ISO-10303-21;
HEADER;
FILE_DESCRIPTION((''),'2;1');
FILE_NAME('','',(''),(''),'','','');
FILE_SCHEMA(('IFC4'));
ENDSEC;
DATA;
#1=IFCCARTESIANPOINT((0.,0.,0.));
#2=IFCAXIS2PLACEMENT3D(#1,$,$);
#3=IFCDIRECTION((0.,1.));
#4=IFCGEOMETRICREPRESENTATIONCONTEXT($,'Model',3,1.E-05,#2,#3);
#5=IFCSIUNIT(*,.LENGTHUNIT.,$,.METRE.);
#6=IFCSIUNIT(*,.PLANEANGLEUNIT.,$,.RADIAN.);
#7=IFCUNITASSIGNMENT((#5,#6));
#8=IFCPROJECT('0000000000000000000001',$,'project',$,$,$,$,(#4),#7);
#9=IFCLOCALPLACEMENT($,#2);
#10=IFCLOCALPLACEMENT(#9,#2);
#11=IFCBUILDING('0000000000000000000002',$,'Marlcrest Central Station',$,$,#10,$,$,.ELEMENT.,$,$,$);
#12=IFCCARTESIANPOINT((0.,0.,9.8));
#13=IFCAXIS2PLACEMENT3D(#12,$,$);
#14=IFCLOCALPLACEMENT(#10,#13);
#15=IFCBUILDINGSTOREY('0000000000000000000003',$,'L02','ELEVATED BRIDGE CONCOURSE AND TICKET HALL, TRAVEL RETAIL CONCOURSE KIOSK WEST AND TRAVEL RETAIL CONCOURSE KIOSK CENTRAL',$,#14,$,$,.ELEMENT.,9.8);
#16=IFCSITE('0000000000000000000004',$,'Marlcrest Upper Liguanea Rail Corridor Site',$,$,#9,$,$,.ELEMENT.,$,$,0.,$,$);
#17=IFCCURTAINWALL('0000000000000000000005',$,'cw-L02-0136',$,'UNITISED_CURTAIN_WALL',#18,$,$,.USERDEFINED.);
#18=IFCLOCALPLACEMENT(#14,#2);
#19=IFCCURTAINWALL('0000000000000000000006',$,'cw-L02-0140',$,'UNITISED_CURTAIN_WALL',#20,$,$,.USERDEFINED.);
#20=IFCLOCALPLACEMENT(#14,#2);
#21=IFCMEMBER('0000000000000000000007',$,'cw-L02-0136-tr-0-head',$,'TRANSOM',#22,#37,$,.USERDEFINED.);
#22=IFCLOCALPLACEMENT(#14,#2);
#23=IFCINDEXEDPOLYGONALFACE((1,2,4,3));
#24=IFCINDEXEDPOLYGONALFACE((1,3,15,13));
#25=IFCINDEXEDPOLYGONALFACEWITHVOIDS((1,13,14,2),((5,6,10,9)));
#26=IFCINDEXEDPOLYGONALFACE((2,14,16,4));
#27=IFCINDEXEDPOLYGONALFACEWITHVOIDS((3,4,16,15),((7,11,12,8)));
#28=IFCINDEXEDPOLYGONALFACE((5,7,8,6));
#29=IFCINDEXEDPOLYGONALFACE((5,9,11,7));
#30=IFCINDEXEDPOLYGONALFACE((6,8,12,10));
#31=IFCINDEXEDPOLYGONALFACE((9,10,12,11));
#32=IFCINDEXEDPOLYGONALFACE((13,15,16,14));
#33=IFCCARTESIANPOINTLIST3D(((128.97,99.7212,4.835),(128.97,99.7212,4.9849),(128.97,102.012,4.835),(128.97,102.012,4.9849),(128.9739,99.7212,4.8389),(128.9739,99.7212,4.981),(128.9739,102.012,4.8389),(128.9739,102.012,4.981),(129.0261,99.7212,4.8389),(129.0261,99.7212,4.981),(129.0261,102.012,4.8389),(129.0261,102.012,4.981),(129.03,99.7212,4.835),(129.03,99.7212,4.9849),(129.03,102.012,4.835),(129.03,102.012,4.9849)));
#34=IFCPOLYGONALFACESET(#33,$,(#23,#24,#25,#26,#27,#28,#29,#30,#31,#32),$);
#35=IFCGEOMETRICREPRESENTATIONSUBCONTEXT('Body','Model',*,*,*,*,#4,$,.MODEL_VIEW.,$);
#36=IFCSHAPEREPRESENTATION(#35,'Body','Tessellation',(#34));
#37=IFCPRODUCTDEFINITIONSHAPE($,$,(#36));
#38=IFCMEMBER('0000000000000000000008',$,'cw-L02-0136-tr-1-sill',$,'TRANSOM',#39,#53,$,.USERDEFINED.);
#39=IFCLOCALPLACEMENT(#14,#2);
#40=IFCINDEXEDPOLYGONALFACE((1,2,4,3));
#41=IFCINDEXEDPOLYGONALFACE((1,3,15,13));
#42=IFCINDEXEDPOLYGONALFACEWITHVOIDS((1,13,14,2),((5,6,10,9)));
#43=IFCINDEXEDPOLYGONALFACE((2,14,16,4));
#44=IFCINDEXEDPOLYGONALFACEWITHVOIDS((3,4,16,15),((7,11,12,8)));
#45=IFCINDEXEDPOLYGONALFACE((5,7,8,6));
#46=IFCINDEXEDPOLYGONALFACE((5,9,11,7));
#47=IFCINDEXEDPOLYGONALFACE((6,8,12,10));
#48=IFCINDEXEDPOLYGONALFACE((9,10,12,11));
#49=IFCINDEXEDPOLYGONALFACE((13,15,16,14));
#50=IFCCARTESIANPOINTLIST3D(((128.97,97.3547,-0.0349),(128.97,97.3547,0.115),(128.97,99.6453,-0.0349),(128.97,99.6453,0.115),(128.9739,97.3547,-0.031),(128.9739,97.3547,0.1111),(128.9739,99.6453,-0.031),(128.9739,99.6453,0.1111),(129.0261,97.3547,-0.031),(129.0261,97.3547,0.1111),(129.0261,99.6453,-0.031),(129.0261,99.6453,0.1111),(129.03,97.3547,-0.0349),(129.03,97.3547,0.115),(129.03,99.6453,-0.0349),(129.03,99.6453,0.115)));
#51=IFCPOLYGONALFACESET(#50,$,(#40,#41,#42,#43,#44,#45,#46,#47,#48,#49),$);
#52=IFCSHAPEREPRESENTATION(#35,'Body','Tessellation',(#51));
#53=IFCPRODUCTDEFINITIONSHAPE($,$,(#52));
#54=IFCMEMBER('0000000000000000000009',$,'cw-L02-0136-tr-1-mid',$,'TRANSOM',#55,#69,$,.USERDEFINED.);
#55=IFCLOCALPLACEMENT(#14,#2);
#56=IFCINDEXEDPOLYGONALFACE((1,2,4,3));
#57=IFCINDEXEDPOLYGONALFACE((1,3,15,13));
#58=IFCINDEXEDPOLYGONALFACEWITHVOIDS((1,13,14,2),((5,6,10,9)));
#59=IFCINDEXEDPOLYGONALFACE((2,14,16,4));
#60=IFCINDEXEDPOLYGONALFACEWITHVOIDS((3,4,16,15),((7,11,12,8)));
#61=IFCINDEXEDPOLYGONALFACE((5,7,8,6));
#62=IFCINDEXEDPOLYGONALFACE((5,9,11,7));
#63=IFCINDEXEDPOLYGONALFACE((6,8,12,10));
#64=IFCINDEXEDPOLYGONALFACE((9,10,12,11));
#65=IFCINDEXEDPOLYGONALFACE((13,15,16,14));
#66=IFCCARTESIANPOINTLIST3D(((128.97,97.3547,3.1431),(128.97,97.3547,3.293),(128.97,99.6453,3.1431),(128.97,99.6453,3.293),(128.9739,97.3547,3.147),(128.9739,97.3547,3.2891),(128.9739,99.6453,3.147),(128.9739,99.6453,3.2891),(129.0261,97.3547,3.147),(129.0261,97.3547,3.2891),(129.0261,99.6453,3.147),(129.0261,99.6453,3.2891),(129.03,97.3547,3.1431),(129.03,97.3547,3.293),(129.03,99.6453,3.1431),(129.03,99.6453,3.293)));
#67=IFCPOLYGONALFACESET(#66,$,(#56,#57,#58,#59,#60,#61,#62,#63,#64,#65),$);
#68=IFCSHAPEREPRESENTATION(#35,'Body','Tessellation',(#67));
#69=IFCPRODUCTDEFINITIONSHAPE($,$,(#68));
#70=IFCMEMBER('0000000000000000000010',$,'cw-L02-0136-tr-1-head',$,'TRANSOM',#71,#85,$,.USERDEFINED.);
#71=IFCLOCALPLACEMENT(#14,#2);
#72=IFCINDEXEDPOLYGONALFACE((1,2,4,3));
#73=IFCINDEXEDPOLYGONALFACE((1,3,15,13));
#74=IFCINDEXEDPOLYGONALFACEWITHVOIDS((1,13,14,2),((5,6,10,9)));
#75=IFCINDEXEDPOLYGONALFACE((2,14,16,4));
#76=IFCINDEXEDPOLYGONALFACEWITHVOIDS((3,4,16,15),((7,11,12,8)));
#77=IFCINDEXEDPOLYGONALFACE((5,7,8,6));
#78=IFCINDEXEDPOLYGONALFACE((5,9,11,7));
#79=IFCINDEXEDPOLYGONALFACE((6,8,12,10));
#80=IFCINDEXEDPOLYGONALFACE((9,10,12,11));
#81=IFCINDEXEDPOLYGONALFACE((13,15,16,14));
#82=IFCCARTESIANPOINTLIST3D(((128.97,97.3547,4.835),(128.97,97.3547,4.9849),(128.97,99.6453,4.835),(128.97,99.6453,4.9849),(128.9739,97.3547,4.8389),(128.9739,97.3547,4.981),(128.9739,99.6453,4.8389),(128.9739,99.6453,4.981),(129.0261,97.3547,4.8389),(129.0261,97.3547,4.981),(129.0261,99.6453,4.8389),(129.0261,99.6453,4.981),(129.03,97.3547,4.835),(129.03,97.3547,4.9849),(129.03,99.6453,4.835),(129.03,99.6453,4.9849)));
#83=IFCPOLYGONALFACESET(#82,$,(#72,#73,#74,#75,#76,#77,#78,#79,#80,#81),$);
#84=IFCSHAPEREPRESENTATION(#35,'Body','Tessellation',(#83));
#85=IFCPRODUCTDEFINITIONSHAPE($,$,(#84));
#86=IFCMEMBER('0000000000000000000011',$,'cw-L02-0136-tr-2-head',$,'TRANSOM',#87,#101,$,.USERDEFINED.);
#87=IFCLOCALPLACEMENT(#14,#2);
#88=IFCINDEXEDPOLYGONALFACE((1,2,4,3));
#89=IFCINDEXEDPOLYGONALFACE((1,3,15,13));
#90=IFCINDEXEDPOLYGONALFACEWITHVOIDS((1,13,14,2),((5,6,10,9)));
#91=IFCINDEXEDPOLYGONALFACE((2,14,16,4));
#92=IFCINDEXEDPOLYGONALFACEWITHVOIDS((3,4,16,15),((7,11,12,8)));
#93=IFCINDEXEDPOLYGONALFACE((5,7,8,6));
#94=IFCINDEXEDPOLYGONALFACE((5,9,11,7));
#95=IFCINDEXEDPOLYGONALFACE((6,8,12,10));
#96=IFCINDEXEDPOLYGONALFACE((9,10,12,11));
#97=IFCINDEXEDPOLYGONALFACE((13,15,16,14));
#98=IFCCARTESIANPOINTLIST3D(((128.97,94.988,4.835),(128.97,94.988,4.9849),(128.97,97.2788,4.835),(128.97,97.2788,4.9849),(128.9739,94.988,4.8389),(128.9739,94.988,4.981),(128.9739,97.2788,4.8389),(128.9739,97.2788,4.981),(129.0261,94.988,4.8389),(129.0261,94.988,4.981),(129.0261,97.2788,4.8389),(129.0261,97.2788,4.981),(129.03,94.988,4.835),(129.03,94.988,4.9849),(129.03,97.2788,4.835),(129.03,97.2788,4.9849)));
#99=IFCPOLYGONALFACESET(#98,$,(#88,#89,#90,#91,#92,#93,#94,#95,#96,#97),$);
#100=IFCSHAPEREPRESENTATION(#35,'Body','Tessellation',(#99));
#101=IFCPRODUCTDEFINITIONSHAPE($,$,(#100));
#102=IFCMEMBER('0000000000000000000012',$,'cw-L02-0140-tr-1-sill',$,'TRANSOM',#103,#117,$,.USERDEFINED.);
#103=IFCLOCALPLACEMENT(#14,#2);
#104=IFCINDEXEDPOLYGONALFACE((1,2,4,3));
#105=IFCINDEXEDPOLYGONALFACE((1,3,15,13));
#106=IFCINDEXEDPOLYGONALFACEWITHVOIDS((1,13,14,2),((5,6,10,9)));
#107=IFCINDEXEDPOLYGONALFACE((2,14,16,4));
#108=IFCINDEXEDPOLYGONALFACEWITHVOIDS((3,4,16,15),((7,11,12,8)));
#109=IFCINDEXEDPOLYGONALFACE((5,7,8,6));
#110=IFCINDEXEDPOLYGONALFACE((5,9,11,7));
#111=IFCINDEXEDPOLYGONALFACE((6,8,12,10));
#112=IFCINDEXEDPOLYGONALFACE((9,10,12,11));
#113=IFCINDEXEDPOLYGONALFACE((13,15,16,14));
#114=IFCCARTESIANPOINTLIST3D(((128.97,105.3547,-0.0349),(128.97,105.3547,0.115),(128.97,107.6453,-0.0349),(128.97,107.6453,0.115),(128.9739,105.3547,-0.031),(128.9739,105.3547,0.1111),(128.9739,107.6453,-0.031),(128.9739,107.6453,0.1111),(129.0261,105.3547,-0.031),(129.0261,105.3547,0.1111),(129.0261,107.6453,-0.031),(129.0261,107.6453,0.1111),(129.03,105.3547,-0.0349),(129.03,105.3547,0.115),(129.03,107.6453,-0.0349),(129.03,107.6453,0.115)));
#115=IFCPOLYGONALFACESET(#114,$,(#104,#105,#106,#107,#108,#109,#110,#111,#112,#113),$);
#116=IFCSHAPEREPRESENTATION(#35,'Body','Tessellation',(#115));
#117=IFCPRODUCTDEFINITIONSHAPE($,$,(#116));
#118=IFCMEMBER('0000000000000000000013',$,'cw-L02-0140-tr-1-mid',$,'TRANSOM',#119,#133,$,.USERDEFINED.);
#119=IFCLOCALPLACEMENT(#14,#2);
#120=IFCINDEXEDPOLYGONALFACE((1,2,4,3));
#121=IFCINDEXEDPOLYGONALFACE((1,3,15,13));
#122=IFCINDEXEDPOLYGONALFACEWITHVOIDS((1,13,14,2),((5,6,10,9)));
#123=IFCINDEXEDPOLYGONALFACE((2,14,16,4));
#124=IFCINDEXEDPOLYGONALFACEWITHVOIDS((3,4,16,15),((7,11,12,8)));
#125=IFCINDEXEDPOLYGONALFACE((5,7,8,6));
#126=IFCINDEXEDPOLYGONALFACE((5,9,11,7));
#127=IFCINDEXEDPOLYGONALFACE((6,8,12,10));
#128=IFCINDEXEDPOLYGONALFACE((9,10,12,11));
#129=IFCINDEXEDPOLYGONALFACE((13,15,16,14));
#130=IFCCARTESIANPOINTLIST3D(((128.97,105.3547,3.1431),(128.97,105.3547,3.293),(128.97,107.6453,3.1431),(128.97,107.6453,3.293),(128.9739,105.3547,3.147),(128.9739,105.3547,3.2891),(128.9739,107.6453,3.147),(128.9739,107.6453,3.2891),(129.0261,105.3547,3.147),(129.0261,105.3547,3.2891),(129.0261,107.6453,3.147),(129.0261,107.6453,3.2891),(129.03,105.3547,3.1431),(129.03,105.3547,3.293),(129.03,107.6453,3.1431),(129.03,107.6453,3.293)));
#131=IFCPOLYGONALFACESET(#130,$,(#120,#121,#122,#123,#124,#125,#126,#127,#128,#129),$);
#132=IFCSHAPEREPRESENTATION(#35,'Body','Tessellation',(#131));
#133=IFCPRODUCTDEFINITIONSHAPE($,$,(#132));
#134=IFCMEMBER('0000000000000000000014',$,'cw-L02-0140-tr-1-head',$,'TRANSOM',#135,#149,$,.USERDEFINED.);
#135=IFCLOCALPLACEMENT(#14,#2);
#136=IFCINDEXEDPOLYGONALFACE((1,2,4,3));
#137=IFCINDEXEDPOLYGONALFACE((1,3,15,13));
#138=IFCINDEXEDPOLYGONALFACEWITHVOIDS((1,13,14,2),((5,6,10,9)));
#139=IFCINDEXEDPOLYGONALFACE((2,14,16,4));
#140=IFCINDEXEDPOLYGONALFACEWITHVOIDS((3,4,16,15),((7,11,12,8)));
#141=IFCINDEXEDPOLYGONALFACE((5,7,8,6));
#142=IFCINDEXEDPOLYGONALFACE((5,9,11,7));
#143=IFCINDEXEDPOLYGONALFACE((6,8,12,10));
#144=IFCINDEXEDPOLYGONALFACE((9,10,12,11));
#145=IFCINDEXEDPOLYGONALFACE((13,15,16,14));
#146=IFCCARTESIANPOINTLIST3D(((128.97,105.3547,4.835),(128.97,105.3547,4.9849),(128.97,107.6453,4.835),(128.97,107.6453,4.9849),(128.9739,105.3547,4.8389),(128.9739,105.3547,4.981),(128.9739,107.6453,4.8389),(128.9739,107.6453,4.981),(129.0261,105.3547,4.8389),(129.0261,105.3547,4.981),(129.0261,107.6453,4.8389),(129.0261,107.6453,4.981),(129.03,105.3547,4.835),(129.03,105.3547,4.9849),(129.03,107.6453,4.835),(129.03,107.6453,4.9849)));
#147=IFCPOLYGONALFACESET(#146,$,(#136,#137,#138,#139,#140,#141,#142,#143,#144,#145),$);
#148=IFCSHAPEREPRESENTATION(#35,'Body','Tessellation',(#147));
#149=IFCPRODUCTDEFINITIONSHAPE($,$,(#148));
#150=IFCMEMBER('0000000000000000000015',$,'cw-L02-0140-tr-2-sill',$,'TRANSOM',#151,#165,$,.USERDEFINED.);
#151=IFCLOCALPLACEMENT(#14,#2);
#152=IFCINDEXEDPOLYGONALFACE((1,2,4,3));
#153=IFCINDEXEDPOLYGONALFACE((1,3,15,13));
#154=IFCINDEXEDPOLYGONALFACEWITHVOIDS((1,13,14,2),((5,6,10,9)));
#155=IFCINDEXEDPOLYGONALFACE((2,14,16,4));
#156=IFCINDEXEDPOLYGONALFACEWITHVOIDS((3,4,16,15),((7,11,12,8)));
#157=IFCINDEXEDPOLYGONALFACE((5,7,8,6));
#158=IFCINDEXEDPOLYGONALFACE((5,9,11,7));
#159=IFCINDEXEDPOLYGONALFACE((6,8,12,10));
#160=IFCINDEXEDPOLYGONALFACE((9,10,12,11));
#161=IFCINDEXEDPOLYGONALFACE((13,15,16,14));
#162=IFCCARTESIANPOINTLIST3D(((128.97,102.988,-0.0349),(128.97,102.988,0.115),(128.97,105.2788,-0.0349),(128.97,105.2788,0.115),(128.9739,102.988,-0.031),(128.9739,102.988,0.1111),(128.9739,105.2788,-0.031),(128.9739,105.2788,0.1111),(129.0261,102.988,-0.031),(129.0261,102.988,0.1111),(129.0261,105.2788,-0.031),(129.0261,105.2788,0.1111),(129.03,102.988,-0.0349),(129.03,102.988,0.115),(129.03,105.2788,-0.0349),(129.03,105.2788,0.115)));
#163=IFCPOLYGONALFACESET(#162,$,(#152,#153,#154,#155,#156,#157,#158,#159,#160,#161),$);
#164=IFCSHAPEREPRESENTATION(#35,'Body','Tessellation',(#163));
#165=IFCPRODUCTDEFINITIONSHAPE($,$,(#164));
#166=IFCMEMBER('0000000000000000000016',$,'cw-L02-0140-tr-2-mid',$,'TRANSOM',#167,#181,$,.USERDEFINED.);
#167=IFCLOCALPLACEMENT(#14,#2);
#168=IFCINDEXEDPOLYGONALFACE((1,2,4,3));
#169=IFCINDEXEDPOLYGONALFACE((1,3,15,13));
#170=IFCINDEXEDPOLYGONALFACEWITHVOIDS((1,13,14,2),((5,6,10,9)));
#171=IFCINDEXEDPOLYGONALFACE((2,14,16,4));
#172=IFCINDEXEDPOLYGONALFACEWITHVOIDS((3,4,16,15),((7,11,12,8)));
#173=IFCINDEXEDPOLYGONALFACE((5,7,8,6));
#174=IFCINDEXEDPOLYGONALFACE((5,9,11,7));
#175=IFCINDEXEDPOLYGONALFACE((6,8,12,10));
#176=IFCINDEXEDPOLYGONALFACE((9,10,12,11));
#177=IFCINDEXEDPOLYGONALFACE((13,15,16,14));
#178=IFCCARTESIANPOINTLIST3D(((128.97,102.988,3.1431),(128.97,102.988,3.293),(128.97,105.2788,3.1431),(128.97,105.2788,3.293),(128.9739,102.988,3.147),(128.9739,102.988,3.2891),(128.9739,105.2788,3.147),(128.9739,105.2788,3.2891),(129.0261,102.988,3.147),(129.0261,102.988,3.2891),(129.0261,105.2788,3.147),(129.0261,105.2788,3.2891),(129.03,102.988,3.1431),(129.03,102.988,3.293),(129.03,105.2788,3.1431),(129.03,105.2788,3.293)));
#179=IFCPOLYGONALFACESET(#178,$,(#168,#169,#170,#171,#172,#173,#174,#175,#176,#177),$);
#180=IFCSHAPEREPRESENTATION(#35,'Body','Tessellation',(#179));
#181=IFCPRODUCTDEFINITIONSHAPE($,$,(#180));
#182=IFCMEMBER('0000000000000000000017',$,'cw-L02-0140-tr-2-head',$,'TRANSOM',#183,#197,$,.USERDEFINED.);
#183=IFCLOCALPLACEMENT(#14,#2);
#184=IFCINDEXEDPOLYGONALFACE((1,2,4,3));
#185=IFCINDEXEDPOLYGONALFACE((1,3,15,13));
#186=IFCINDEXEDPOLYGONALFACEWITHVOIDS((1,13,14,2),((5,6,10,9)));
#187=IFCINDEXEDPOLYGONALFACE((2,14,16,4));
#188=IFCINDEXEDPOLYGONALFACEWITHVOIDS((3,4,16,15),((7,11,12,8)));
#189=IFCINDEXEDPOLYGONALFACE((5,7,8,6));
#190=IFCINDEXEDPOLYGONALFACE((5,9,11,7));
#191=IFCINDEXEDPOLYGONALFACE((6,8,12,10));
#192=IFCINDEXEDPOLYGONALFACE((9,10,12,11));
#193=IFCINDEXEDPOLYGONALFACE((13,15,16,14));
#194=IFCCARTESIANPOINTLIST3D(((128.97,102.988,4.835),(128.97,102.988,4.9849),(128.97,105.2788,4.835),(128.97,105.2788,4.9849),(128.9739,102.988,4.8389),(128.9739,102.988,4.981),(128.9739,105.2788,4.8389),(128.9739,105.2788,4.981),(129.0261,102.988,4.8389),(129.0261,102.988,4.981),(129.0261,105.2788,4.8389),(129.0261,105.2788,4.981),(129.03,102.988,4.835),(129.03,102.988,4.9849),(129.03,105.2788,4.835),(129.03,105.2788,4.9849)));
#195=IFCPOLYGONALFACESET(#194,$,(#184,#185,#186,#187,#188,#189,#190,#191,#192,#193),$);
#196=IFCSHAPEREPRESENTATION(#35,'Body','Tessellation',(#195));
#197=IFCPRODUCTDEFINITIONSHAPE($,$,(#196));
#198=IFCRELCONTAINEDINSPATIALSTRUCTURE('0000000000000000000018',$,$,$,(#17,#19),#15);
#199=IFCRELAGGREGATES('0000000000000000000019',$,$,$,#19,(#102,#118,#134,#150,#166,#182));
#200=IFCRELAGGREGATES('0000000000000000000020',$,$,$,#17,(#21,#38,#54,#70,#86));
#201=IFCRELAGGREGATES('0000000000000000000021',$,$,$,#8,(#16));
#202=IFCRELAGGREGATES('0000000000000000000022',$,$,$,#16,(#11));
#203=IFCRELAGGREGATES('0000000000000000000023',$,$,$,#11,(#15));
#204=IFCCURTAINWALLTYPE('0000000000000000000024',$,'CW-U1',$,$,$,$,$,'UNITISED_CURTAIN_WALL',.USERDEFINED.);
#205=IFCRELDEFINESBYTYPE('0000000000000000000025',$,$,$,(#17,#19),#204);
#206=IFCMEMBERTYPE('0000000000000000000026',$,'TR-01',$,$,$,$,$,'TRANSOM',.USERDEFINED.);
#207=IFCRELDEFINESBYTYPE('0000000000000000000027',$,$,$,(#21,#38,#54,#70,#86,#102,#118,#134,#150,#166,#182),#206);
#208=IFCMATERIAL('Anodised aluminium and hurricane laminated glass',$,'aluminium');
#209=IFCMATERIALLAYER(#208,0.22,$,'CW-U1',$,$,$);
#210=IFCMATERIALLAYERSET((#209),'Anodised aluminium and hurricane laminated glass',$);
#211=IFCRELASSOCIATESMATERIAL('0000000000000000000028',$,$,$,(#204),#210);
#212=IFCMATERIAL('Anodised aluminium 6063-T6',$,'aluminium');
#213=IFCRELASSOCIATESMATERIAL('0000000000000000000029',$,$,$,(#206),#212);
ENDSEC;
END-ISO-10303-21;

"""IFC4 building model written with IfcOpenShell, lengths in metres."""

from ifc_helpers import new_model, si_unit, direction, frame, origin, origin_2d, place, context, subcontext, project, spatial, hollow_rectangle, extrude, material, layer, layer_set, material_profile, profile_set, type_object, element, aggregate, save


model = new_model("IFC4")

# Units and contexts
model_context = context("Model", 3, precision=1e-05, world=origin(), true_north=direction((0.0, 1.0)))
body_context = subcontext(model_context, "Body", "Model", "MODEL_VIEW")
ifc_project = project(units=[si_unit("LENGTHUNIT", "METRE"), si_unit("PLANEANGLEUNIT", "RADIAN")], contexts=[model_context])

# Site, building, storey
site_placement = place(None, origin())
site = spatial("IfcSite", under=ifc_project, at=site_placement, Name="Marlcrest Upper Liguanea Rail Corridor Site", CompositionType="ELEMENT", RefElevation=0.0)
building_placement = place(site_placement, origin())
building = spatial("IfcBuilding", under=site, at=building_placement, Name="Marlcrest Central Station", CompositionType="ELEMENT")
storey_placement = place(building_placement, frame((0.0, 0.0, 9.8)))
storey = spatial("IfcBuildingStorey", under=building, at=storey_placement, Name="L02", Description="ELEVATED BRIDGE CONCOURSE AND TICKET HALL, TRAVEL RETAIL CONCOURSE KIOSK WEST AND TRAVEL RETAIL CONCOURSE KIOSK CENTRAL", CompositionType="ELEMENT", Elevation=9.8)

# Curtain walls
ifc_material_1 = material(Name="Anodised aluminium and hurricane laminated glass", Category="aluminium")
ifc_layer_1 = layer(ifc_material_1, 0.22, Name="CW-U1")
ifc_layer_set_1 = layer_set([ifc_layer_1], Name="Anodised aluminium and hurricane laminated glass")
curtain_wall_type = type_object("IfcCurtainWallType", Name="CW-U1", ElementType="UNITISED_CURTAIN_WALL", PredefinedType="USERDEFINED", material=ifc_layer_set_1)
curtain_wall_1_placement = place(storey_placement, origin())
curtain_wall_1 = element("IfcCurtainWall", 1, at=curtain_wall_1_placement, inside=storey, type_object=curtain_wall_type, Name="cw-L02-0136", ObjectType="UNITISED_CURTAIN_WALL", PredefinedType="USERDEFINED")
ifc_material_2 = material(Name="Anodised aluminium 6063-T6", Category="aluminium")
curtain_wall_2_placement = place(storey_placement, origin())
curtain_wall_2 = element("IfcCurtainWall", 2, at=curtain_wall_2_placement, inside=storey, type_object=curtain_wall_type, Name="cw-L02-0140", ObjectType="UNITISED_CURTAIN_WALL", PredefinedType="USERDEFINED")

# Members
ifc_material_profile_1 = material_profile(ifc_material_2, hollow_rectangle(XDim=0.0601, YDim=0.1499, WallThickness=0.0039, at=origin_2d()), Name="AA-RHS 150x60x4")
ifc_profile_set_1 = profile_set([ifc_material_profile_1], Name="Anodised aluminium 6063-T6")
member_type_1 = type_object("IfcMemberType", Name="TR-01", ElementType="TRANSOM", PredefinedType="USERDEFINED", material=ifc_profile_set_1)
member_1_placement = place(storey_placement, frame((129.0, 102.012, 4.9099), z_axis=(0.0, -1.0, 0.0), x_axis=(1.0, 0.0, 0.0)))
member_1 = element("IfcMember", 3, at=member_1_placement, type_object=member_type_1, Name="cw-L02-0136-tr-0-head", ObjectType="TRANSOM", PredefinedType="USERDEFINED", context=body_context, shape_type="SweptSolid", body=[
    extrude(hollow_rectangle(XDim=0.0601, YDim=0.1499, WallThickness=0.0039, at=origin_2d()), origin(), (0.0, 0.0, 1.0), 2.2908),
])
member_2_placement = place(storey_placement, frame((129.0, 99.6453, 0.04), z_axis=(0.0, -1.0, 0.0), x_axis=(1.0, 0.0, 0.0)))
member_2 = element("IfcMember", 4, at=member_2_placement, type_object=member_type_1, Name="cw-L02-0136-tr-1-sill", ObjectType="TRANSOM", PredefinedType="USERDEFINED", context=body_context, shape_type="SweptSolid", body=[
    extrude(hollow_rectangle(XDim=0.0601, YDim=0.1499, WallThickness=0.0039, at=origin_2d()), origin(), (0.0, 0.0, 1.0), 2.2905),
])
member_3_placement = place(storey_placement, frame((129.0, 99.6453, 3.218), z_axis=(0.0, -1.0, 0.0), x_axis=(1.0, 0.0, 0.0)))
member_3 = element("IfcMember", 5, at=member_3_placement, type_object=member_type_1, Name="cw-L02-0136-tr-1-mid", ObjectType="TRANSOM", PredefinedType="USERDEFINED", context=body_context, shape_type="SweptSolid", body=[
    extrude(hollow_rectangle(XDim=0.0601, YDim=0.1499, WallThickness=0.0039, at=origin_2d()), origin(), (0.0, 0.0, 1.0), 2.2905),
])
member_4_placement = place(storey_placement, frame((129.0, 99.6453, 4.9099), z_axis=(0.0, -1.0, 0.0), x_axis=(1.0, 0.0, 0.0)))
member_4 = element("IfcMember", 6, at=member_4_placement, type_object=member_type_1, Name="cw-L02-0136-tr-1-head", ObjectType="TRANSOM", PredefinedType="USERDEFINED", context=body_context, shape_type="SweptSolid", body=[
    extrude(hollow_rectangle(XDim=0.0601, YDim=0.1499, WallThickness=0.0039, at=origin_2d()), origin(), (0.0, 0.0, 1.0), 2.2905),
])
member_5_placement = place(storey_placement, frame((129.0, 97.2788, 4.9099), z_axis=(0.0, -1.0, 0.0), x_axis=(1.0, 0.0, 0.0)))
member_5 = element("IfcMember", 7, at=member_5_placement, type_object=member_type_1, Name="cw-L02-0136-tr-2-head", ObjectType="TRANSOM", PredefinedType="USERDEFINED", context=body_context, shape_type="SweptSolid", body=[
    extrude(hollow_rectangle(XDim=0.0601, YDim=0.1499, WallThickness=0.0039, at=origin_2d()), origin(), (0.0, 0.0, 1.0), 2.2908),
])
member_6_placement = place(storey_placement, frame((129.0, 107.6453, 0.04), z_axis=(0.0, -1.0, 0.0), x_axis=(1.0, 0.0, 0.0)))
member_6 = element("IfcMember", 8, at=member_6_placement, type_object=member_type_1, Name="cw-L02-0140-tr-1-sill", ObjectType="TRANSOM", PredefinedType="USERDEFINED", context=body_context, shape_type="SweptSolid", body=[
    extrude(hollow_rectangle(XDim=0.0601, YDim=0.1499, WallThickness=0.0039, at=origin_2d()), origin(), (0.0, 0.0, 1.0), 2.2905),
])
member_7_placement = place(storey_placement, frame((129.0, 107.6453, 3.218), z_axis=(0.0, -1.0, 0.0), x_axis=(1.0, 0.0, 0.0)))
member_7 = element("IfcMember", 9, at=member_7_placement, type_object=member_type_1, Name="cw-L02-0140-tr-1-mid", ObjectType="TRANSOM", PredefinedType="USERDEFINED", context=body_context, shape_type="SweptSolid", body=[
    extrude(hollow_rectangle(XDim=0.0601, YDim=0.1499, WallThickness=0.0039, at=origin_2d()), origin(), (0.0, 0.0, 1.0), 2.2905),
])
member_8_placement = place(storey_placement, frame((129.0, 107.6453, 4.9099), z_axis=(0.0, -1.0, 0.0), x_axis=(1.0, 0.0, 0.0)))
member_8 = element("IfcMember", 10, at=member_8_placement, type_object=member_type_1, Name="cw-L02-0140-tr-1-head", ObjectType="TRANSOM", PredefinedType="USERDEFINED", context=body_context, shape_type="SweptSolid", body=[
    extrude(hollow_rectangle(XDim=0.0601, YDim=0.1499, WallThickness=0.0039, at=origin_2d()), origin(), (0.0, 0.0, 1.0), 2.2905),
])
member_9_placement = place(storey_placement, frame((129.0, 105.2788, 0.04), z_axis=(0.0, -1.0, 0.0), x_axis=(1.0, 0.0, 0.0)))
member_9 = element("IfcMember", 11, at=member_9_placement, type_object=member_type_1, Name="cw-L02-0140-tr-2-sill", ObjectType="TRANSOM", PredefinedType="USERDEFINED", context=body_context, shape_type="SweptSolid", body=[
    extrude(hollow_rectangle(XDim=0.0601, YDim=0.1499, WallThickness=0.0039, at=origin_2d()), origin(), (0.0, 0.0, 1.0), 2.2908),
])
member_10_placement = place(storey_placement, frame((129.0, 105.2788, 3.218), z_axis=(0.0, -1.0, 0.0), x_axis=(1.0, 0.0, 0.0)))
member_10 = element("IfcMember", 12, at=member_10_placement, type_object=member_type_1, Name="cw-L02-0140-tr-2-mid", ObjectType="TRANSOM", PredefinedType="USERDEFINED", context=body_context, shape_type="SweptSolid", body=[
    extrude(hollow_rectangle(XDim=0.0601, YDim=0.1499, WallThickness=0.0039, at=origin_2d()), origin(), (0.0, 0.0, 1.0), 2.2908),
])
member_11_placement = place(storey_placement, frame((129.0, 105.2788, 4.9099), z_axis=(0.0, -1.0, 0.0), x_axis=(1.0, 0.0, 0.0)))
member_11 = element("IfcMember", 13, at=member_11_placement, type_object=member_type_1, Name="cw-L02-0140-tr-2-head", ObjectType="TRANSOM", PredefinedType="USERDEFINED", context=body_context, shape_type="SweptSolid", body=[
    extrude(hollow_rectangle(XDim=0.0601, YDim=0.1499, WallThickness=0.0039, at=origin_2d()), origin(), (0.0, 0.0, 1.0), 2.2908),
])

aggregate(curtain_wall_2, [member_6, member_7, member_8, member_9, member_10, member_11])
aggregate(curtain_wall_1, [member_1, member_2, member_3, member_4, member_5])

save(model, "model.ifc")
